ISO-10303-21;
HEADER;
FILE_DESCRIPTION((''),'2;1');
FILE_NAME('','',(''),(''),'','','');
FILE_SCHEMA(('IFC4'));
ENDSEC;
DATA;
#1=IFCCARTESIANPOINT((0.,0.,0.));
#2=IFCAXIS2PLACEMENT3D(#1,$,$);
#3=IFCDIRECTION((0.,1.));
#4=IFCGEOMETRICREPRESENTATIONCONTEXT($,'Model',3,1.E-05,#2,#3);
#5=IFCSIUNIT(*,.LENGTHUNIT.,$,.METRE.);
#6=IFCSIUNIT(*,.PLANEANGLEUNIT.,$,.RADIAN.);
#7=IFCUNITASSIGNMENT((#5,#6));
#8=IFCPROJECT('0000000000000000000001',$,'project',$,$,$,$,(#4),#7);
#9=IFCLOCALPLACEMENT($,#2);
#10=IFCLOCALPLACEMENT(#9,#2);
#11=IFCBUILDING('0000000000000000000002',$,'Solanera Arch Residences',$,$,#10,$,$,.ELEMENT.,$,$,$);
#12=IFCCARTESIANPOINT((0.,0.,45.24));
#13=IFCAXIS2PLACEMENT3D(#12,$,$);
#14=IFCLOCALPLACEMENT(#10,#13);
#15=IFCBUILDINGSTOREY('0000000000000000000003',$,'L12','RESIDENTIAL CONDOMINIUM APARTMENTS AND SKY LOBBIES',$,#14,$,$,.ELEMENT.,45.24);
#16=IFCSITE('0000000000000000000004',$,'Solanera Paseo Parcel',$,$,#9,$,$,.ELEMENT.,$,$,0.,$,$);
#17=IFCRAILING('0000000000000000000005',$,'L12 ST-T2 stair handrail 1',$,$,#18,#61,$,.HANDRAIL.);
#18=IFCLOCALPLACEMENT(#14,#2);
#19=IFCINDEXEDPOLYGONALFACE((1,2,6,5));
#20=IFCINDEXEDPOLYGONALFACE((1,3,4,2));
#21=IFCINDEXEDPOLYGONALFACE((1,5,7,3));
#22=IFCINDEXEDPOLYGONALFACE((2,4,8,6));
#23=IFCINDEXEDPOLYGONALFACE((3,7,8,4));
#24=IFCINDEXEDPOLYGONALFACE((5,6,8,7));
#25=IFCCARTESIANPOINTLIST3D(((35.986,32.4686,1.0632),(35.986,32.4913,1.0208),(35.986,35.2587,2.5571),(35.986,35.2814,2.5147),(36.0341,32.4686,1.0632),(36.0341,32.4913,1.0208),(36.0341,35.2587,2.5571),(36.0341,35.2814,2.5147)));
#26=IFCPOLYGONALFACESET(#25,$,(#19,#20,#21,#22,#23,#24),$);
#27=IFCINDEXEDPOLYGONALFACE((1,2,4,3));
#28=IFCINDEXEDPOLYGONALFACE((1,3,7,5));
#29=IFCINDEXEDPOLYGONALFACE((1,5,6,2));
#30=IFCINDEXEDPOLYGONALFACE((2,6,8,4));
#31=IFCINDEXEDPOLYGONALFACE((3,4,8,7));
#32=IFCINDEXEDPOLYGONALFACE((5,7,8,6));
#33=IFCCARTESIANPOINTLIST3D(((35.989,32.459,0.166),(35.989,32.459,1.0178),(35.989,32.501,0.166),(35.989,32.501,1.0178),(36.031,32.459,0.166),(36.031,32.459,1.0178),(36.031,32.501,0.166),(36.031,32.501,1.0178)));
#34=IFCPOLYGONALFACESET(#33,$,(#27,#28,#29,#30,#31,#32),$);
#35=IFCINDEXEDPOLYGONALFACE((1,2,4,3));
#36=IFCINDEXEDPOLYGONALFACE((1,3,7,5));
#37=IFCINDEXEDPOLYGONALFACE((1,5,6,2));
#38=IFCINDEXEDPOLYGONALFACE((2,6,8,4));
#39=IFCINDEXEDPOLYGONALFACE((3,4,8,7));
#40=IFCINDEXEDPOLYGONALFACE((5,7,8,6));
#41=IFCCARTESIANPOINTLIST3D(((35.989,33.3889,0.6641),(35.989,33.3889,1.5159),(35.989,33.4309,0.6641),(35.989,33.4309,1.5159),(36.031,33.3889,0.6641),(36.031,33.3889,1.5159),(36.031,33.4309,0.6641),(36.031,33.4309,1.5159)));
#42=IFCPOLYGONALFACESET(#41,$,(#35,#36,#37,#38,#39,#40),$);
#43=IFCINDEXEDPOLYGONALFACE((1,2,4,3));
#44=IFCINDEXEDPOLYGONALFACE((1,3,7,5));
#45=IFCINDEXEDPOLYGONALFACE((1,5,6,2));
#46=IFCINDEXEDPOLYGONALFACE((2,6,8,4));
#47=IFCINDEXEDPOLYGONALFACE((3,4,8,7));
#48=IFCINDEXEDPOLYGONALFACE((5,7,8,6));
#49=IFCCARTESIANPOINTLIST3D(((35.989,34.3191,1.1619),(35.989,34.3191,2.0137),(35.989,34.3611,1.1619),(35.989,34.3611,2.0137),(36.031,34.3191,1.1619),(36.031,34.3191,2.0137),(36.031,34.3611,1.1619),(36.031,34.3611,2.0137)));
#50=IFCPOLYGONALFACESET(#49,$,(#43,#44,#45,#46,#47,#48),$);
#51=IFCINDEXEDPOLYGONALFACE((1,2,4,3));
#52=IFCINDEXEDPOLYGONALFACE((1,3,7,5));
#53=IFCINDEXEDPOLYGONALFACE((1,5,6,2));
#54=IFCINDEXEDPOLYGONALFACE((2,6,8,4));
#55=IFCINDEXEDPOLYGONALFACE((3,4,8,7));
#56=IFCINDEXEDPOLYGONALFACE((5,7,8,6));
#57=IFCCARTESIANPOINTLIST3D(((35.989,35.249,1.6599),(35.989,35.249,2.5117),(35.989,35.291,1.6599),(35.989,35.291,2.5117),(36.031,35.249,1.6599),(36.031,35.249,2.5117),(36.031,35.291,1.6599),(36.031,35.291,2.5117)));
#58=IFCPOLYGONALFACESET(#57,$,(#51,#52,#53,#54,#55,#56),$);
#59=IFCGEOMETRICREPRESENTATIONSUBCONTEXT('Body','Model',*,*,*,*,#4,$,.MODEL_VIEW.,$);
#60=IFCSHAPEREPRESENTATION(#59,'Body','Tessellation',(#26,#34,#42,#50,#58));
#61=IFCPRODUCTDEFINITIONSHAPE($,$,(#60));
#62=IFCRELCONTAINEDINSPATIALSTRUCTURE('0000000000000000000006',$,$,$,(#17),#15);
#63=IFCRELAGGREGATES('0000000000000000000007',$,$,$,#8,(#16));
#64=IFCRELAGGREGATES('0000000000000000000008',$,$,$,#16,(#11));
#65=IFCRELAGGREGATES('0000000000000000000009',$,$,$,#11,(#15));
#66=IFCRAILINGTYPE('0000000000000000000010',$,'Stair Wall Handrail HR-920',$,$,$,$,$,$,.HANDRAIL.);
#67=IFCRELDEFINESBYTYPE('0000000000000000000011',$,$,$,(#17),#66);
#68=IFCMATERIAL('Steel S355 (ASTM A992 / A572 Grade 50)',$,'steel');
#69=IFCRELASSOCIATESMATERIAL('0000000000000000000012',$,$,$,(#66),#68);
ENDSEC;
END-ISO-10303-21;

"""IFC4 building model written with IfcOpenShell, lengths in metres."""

from ifc_helpers import new_model, si_unit, direction, frame, origin, origin_2d, place, context, subcontext, project, spatial, rectangle, extrude, material, type_object, element, save


model = new_model("IFC4")

# Units and contexts
model_context = context("Model", 3, precision=1e-05, world=origin(), true_north=direction((0.0, 1.0)))
body_context = subcontext(model_context, "Body", "Model", "MODEL_VIEW")
ifc_project = project(units=[si_unit("LENGTHUNIT", "METRE"), si_unit("PLANEANGLEUNIT", "RADIAN")], contexts=[model_context])

# Site, building, storey
site_placement = place(None, origin())
site = spatial("IfcSite", under=ifc_project, at=site_placement, Name="Solanera Paseo Parcel", CompositionType="ELEMENT", RefElevation=0.0)
building_placement = place(site_placement, origin())
building = spatial("IfcBuilding", under=site, at=building_placement, Name="Solanera Arch Residences", CompositionType="ELEMENT")
storey_placement = place(building_placement, frame((0.0, 0.0, 45.24)))
storey = spatial("IfcBuildingStorey", under=building, at=storey_placement, Name="L12", Description="RESIDENTIAL CONDOMINIUM APARTMENTS AND SKY LOBBIES", CompositionType="ELEMENT", Elevation=45.24)

# Railing
ifc_material_1 = material(Name="Steel S355 (ASTM A992 / A572 Grade 50)", Category="steel")
railing_type_1 = type_object("IfcRailingType", Name="Stair Wall Handrail HR-920", PredefinedType="HANDRAIL", material=ifc_material_1)
railing_1_placement = place(storey_placement, frame((36.01, 32.48, 0.166)))
element("IfcRailing", 1, at=railing_1_placement, inside=storey, type_object=railing_type_1, Name="L12 ST-T2 stair handrail 1", PredefinedType="HANDRAIL", context=body_context, shape_type="SweptSolid", body=[
    extrude(rectangle(XDim=0.0481, YDim=0.0481, at=origin_2d()), frame((0.0, 0.0, 0.876), z_axis=(0.0, 0.881581, 0.472033), x_axis=(-1.0, 0.0, 0.0)), (0.0, 0.0, 1.0), 3.1648),
    extrude(rectangle(XDim=0.042, YDim=0.042, at=origin_2d()), origin(), (0.0, 0.0, 1.0), 0.8518),
    extrude(rectangle(XDim=0.042, YDim=0.042, at=origin_2d()), frame((0.0, 0.9299, 0.498)), (0.0, 0.0, 1.0), 0.8518),
    extrude(rectangle(XDim=0.042, YDim=0.042, at=origin_2d()), frame((0.0, 1.8601, 0.9958)), (0.0, 0.0, 1.0), 0.8518),
    extrude(rectangle(XDim=0.042, YDim=0.042, at=origin_2d()), frame((0.0, 2.79, 1.4939)), (0.0, 0.0, 1.0), 0.8518),
])

save(model, "model.ifc")
